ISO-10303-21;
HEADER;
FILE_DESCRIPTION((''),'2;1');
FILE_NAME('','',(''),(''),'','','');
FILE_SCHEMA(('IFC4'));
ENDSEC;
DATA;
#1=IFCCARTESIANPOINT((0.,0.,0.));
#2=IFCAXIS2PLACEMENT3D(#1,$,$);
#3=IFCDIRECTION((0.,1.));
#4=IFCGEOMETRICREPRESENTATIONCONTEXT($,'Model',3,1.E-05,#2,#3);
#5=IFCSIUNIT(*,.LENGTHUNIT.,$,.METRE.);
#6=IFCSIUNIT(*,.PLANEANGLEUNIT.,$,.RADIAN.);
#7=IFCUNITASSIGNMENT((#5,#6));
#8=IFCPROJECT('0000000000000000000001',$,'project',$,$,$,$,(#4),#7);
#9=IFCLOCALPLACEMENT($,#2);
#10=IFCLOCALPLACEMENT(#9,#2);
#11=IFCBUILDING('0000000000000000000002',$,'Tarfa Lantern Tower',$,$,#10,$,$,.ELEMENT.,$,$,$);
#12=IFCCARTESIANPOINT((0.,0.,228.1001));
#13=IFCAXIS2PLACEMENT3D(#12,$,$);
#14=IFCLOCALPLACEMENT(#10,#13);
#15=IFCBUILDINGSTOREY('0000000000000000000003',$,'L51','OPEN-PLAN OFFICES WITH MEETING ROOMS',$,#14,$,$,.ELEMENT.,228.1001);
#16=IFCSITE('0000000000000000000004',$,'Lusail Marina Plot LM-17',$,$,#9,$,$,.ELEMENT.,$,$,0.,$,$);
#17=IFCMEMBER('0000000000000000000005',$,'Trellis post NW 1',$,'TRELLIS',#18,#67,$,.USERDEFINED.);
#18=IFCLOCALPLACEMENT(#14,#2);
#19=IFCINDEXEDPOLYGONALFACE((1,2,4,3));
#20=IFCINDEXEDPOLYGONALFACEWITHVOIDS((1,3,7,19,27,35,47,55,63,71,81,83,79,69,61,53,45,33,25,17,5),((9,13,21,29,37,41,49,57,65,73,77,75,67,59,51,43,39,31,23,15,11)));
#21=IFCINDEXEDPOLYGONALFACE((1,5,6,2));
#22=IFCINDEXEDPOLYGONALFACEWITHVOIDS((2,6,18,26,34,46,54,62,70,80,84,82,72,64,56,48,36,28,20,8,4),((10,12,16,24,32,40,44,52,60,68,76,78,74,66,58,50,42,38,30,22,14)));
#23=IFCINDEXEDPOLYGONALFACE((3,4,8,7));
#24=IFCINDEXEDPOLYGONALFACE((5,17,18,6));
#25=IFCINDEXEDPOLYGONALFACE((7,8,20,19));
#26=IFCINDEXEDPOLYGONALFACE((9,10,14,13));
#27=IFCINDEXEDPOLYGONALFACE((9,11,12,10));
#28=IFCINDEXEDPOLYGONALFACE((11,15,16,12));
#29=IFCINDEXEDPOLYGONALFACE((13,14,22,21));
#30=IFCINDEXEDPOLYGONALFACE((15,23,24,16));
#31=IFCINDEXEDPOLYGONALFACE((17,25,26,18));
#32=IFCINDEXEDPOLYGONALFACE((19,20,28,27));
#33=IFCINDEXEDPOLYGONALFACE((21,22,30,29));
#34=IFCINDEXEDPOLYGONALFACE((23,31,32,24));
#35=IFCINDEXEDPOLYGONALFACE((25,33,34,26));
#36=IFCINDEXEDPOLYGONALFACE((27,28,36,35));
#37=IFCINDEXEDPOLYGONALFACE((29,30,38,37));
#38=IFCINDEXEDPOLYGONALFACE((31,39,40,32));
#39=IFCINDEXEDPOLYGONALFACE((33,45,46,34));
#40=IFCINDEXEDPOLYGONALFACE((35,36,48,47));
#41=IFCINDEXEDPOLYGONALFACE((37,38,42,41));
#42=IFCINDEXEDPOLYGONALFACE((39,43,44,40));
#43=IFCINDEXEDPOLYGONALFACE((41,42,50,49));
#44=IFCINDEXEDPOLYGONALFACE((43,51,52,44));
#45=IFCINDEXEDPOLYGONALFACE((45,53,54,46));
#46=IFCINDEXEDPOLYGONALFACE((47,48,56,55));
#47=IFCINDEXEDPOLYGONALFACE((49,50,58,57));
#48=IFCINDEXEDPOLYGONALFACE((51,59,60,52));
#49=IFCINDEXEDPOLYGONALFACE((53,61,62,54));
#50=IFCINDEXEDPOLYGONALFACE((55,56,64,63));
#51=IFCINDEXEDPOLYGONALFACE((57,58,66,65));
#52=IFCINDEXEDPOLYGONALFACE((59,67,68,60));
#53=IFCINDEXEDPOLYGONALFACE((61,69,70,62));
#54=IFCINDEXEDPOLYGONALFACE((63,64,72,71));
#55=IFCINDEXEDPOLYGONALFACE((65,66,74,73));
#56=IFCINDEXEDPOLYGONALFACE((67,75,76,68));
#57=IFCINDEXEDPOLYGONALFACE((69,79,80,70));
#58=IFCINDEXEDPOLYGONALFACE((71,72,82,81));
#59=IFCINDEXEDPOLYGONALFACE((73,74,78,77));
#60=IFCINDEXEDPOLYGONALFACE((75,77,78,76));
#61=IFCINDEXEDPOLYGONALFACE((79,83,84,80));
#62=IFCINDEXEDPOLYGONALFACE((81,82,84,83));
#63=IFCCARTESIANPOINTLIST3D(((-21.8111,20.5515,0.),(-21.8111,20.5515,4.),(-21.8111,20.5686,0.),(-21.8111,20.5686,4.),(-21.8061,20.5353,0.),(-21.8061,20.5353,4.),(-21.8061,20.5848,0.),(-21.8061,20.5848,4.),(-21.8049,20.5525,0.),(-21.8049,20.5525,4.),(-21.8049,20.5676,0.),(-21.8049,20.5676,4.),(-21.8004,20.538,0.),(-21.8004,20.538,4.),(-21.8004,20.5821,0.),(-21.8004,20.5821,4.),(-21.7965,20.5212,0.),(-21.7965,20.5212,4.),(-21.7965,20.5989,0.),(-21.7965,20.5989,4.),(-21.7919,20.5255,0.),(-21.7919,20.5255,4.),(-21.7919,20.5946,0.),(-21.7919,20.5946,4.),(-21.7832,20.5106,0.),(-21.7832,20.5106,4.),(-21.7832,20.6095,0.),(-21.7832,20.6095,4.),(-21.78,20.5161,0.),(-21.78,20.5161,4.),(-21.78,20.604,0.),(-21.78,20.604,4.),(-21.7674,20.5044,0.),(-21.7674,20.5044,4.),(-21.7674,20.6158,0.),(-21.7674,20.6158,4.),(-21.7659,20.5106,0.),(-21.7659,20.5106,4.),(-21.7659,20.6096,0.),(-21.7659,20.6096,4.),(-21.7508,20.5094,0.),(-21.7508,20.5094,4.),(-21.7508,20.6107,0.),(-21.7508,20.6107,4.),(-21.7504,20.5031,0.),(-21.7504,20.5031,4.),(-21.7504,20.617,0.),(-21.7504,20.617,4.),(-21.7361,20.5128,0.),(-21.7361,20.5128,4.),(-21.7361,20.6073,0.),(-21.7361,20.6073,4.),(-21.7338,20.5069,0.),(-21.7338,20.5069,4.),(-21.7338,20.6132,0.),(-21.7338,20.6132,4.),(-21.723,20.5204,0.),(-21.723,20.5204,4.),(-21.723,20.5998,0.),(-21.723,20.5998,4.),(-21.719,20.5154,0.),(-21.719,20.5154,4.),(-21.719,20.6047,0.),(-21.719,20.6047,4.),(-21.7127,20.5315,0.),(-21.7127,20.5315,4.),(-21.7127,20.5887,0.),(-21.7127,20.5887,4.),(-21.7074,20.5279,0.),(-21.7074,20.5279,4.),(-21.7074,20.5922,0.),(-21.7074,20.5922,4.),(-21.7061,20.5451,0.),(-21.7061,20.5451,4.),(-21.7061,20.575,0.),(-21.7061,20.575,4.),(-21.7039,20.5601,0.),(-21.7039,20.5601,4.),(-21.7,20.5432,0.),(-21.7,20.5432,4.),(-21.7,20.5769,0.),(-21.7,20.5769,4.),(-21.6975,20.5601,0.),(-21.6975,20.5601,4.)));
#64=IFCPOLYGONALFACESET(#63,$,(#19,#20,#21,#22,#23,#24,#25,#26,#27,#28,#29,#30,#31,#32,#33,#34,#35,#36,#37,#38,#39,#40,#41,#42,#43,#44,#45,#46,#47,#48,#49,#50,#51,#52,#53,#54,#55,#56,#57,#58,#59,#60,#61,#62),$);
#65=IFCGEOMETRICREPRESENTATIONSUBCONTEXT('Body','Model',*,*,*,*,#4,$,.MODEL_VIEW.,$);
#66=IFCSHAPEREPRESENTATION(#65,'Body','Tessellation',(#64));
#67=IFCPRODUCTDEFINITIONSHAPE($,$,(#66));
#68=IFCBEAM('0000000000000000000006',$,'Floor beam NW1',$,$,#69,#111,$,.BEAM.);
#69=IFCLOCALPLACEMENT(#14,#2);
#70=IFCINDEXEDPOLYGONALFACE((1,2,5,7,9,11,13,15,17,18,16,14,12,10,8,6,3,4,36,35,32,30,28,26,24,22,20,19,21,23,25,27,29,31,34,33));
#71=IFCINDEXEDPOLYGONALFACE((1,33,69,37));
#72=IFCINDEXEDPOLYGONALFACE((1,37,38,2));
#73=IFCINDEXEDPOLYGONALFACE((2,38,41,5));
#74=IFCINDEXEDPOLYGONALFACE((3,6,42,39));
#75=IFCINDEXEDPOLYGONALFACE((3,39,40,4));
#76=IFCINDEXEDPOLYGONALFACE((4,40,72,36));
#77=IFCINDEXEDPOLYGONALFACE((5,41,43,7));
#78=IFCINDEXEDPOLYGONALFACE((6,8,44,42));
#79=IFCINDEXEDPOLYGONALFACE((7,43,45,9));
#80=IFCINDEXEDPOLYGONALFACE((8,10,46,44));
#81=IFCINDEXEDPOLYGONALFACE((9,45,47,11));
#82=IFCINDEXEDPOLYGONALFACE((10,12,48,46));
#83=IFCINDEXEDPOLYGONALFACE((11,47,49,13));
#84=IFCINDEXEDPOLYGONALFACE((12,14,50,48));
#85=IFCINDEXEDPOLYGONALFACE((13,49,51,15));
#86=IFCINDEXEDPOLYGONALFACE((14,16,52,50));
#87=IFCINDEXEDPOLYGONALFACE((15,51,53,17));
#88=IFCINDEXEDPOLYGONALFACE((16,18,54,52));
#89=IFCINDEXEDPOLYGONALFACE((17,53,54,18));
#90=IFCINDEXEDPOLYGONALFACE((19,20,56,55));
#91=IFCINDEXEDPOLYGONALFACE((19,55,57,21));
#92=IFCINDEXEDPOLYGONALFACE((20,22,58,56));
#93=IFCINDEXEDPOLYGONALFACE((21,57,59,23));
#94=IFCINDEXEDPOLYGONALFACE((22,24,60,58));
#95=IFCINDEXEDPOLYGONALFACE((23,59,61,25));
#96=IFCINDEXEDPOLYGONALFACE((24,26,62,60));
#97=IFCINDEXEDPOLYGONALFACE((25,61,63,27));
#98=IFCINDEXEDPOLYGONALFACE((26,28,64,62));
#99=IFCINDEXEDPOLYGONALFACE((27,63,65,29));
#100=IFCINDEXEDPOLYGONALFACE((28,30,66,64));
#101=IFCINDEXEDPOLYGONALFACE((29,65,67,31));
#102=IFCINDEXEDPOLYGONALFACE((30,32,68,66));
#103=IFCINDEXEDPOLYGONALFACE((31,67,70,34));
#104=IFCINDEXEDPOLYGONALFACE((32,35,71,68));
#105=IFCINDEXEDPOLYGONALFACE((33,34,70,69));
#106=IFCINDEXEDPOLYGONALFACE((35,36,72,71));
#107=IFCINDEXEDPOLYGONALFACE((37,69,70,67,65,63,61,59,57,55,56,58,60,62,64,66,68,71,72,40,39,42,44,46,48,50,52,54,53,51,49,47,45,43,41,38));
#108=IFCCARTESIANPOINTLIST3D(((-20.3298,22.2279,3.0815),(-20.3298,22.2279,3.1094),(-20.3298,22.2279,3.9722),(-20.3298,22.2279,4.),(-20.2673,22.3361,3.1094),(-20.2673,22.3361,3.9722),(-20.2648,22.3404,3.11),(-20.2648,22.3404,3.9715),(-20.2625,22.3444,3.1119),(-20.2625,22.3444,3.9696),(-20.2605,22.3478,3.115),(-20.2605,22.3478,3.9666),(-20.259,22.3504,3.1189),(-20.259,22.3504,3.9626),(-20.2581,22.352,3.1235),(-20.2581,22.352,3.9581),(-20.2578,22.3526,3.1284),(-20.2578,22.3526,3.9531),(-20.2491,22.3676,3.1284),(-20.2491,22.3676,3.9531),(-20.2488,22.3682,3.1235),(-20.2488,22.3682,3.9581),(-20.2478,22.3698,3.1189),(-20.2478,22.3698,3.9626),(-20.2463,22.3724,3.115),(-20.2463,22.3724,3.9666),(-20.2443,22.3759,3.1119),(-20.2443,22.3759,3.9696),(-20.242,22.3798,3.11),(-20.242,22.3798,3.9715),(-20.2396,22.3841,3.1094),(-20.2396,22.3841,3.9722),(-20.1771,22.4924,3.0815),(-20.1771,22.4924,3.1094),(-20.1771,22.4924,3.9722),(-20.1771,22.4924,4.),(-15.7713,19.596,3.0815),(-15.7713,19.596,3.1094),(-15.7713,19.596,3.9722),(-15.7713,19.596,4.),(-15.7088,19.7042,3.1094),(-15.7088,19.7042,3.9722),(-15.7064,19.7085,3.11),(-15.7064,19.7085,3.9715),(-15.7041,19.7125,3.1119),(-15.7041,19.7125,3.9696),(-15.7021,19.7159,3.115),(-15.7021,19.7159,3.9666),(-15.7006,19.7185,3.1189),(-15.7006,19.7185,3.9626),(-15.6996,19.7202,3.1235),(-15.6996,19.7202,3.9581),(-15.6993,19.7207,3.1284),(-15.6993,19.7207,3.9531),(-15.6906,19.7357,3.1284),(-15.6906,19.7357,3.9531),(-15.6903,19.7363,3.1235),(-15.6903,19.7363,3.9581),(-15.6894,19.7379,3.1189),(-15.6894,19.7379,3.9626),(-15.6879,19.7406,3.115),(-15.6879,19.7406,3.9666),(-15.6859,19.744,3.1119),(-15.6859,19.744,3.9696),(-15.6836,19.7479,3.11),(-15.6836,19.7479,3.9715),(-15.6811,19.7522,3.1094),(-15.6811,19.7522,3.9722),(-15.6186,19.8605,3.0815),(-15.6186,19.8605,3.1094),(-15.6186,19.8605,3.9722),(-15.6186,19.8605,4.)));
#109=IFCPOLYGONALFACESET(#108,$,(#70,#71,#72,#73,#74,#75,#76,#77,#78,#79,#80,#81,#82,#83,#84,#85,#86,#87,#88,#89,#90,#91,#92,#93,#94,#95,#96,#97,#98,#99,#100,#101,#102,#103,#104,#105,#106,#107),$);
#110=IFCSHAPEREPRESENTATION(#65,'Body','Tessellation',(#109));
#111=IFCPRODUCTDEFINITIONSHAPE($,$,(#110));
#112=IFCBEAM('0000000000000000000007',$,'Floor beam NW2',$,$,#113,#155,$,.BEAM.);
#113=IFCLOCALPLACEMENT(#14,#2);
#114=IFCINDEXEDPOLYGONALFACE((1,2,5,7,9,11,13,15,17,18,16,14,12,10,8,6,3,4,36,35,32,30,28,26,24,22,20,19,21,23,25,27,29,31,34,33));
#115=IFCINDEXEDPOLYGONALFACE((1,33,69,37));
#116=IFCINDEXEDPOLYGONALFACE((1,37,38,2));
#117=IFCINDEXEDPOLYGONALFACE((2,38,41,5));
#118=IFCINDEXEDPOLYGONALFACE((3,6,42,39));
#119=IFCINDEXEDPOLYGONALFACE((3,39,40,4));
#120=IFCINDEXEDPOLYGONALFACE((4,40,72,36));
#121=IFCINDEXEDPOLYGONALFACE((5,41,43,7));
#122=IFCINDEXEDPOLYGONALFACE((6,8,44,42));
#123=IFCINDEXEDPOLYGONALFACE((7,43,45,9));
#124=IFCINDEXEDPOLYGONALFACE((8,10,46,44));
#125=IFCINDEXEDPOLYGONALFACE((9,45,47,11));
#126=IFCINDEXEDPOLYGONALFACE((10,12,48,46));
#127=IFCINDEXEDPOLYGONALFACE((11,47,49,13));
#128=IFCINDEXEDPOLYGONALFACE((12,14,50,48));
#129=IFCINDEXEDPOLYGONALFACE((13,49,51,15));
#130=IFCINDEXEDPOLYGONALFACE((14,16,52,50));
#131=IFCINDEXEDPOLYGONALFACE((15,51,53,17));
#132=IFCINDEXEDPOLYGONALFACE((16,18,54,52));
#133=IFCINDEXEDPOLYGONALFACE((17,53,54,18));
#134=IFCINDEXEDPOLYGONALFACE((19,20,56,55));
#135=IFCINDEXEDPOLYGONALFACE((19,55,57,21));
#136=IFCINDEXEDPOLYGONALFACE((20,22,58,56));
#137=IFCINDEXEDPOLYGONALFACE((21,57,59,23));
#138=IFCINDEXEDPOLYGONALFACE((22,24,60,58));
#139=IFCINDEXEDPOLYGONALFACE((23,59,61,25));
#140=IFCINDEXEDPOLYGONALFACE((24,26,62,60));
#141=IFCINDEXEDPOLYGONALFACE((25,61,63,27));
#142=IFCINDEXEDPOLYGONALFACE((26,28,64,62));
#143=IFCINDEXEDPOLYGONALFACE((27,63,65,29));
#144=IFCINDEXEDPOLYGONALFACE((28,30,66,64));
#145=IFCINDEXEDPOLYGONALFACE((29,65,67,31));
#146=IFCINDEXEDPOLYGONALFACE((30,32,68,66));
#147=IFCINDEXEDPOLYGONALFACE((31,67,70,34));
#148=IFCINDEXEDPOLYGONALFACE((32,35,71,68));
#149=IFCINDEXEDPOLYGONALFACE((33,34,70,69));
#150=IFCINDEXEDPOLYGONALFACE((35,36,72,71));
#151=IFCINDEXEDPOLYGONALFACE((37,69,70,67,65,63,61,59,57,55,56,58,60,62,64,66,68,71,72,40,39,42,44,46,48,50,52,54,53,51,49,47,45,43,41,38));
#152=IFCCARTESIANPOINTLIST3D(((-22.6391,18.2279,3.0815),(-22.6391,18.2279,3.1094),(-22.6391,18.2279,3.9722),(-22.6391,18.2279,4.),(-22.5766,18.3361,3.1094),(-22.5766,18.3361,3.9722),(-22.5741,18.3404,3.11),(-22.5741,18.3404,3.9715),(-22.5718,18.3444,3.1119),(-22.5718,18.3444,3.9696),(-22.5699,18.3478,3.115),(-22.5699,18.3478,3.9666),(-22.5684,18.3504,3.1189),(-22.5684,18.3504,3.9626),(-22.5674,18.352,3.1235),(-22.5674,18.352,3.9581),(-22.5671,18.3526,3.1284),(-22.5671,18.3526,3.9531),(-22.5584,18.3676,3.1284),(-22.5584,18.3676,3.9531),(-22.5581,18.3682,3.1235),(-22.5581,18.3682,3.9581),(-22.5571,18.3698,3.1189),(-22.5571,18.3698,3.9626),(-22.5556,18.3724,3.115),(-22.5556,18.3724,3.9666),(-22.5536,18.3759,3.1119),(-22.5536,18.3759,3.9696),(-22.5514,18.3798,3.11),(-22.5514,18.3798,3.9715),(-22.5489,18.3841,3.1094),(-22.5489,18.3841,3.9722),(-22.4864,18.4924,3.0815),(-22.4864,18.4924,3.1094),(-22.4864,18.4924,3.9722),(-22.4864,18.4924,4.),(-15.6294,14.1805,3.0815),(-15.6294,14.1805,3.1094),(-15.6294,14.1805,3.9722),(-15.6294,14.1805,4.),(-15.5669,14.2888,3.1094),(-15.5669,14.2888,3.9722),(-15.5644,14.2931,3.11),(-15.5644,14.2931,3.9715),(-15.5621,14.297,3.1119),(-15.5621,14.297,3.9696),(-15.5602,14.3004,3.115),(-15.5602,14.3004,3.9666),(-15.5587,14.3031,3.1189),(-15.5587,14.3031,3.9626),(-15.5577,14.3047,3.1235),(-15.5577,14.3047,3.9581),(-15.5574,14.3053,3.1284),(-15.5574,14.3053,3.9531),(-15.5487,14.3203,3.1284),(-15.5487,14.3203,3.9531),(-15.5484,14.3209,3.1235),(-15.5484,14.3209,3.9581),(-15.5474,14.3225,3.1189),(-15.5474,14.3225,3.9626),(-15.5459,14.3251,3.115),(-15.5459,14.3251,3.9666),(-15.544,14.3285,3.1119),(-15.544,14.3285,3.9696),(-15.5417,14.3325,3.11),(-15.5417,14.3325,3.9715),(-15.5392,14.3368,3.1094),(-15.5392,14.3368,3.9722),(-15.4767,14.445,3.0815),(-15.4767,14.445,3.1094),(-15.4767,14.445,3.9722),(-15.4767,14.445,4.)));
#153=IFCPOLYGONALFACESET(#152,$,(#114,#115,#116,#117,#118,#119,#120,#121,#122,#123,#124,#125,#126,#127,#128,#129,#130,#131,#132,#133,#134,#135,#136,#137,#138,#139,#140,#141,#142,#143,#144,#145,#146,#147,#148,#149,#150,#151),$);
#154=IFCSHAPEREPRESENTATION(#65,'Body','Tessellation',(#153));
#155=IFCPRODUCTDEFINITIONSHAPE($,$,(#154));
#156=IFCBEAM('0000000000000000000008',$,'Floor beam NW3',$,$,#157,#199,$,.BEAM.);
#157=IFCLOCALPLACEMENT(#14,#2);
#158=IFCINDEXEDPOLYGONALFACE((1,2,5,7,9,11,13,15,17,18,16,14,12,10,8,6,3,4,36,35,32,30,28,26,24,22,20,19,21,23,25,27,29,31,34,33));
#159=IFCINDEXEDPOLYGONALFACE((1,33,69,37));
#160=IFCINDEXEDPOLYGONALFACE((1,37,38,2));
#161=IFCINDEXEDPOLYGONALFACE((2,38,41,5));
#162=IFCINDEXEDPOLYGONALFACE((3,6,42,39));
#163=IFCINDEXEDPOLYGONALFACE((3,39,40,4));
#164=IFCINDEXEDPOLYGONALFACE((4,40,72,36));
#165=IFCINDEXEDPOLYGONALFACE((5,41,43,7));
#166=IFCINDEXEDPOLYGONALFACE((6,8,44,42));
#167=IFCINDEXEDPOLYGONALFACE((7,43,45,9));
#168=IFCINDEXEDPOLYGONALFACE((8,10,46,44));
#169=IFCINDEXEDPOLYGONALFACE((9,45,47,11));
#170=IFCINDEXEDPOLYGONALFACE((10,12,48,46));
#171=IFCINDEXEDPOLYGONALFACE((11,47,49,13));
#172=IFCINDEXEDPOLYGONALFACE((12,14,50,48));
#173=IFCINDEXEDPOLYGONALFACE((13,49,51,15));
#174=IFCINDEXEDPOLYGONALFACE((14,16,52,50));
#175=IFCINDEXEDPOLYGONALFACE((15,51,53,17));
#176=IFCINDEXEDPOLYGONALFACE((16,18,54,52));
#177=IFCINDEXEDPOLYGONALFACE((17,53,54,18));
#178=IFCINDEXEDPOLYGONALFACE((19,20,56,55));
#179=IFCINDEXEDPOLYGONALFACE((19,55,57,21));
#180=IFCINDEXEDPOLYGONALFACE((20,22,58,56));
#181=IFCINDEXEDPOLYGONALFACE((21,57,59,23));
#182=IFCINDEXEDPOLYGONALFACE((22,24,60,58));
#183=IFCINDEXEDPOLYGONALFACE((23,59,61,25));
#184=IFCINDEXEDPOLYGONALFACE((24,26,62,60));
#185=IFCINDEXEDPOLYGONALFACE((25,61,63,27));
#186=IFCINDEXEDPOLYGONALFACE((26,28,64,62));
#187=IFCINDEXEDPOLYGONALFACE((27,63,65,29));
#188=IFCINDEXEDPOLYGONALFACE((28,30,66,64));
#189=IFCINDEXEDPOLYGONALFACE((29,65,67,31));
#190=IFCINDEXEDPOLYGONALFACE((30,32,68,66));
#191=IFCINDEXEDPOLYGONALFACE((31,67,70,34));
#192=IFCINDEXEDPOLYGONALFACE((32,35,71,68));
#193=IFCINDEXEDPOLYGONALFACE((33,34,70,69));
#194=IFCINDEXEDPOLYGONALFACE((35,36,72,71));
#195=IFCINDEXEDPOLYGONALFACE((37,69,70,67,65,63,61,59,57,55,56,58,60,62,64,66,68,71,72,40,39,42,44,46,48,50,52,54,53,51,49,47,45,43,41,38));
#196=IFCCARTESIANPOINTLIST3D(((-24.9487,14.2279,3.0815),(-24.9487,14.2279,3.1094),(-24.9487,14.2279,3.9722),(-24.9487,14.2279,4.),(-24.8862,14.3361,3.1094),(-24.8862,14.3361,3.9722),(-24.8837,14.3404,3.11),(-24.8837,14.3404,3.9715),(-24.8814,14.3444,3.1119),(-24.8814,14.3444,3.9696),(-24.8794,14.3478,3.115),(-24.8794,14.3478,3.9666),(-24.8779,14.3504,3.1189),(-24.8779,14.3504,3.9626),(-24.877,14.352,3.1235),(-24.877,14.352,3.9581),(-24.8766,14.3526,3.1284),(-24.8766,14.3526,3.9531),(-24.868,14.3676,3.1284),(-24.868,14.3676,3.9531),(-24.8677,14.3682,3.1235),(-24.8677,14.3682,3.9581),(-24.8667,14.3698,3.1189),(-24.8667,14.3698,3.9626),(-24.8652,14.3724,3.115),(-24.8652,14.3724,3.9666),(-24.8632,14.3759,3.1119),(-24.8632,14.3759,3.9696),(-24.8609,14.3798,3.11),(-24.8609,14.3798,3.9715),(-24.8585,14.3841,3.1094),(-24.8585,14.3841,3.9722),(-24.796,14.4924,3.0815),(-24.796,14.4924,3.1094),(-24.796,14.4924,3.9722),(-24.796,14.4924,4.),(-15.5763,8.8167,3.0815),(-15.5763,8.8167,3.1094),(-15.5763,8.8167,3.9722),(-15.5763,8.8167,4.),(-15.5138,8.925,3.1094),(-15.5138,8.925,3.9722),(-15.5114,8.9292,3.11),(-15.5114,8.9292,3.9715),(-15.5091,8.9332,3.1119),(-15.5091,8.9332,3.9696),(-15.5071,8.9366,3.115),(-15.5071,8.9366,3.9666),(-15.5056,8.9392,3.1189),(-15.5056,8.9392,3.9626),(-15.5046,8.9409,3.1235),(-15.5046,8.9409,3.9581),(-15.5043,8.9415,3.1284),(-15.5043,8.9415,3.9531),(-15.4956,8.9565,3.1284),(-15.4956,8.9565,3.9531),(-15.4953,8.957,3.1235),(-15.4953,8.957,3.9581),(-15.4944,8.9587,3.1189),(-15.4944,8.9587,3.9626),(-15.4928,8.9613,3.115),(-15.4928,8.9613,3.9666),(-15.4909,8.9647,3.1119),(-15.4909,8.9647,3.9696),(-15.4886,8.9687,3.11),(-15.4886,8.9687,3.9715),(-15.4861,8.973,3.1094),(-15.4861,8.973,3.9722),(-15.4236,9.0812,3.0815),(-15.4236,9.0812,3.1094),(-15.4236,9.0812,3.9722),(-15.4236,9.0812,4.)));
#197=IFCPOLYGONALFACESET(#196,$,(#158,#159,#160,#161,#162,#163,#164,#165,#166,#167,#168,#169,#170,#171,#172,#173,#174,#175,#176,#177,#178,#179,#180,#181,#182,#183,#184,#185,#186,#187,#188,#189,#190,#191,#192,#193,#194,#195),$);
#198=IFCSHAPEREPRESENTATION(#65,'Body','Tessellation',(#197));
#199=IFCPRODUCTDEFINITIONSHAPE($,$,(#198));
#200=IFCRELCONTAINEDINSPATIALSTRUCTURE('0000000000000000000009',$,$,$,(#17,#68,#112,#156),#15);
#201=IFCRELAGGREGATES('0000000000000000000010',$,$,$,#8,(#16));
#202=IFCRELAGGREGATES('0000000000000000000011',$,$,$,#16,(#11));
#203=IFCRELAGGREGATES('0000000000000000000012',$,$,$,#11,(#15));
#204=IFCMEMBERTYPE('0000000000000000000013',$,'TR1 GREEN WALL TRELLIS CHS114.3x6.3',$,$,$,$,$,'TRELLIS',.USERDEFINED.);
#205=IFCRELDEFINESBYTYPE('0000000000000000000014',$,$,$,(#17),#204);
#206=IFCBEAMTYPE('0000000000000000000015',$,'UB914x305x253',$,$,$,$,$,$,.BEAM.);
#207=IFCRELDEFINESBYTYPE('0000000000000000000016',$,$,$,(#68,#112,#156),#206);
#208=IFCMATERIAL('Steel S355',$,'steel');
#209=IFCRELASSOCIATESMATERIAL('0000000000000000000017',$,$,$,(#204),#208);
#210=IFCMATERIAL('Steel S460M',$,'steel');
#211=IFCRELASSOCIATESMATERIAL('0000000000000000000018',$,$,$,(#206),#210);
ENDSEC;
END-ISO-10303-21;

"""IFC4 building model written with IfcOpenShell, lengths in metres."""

from ifc_helpers import new_model, si_unit, direction, frame, origin, origin_2d, place, context, subcontext, project, spatial, hollow_circle, i_section, extrude, material, material_profile, profile_set, type_object, element, save


model = new_model("IFC4")

# Units and contexts
model_context = context("Model", 3, precision=1e-05, world=origin(), true_north=direction((0.0, 1.0)))
body_context = subcontext(model_context, "Body", "Model", "MODEL_VIEW")
ifc_project = project(units=[si_unit("LENGTHUNIT", "METRE"), si_unit("PLANEANGLEUNIT", "RADIAN")], contexts=[model_context])

# Site, building, storey
site_placement = place(None, origin())
site = spatial("IfcSite", under=ifc_project, at=site_placement, Name="Lusail Marina Plot LM-17", CompositionType="ELEMENT", RefElevation=0.0)
building_placement = place(site_placement, origin())
building = spatial("IfcBuilding", under=site, at=building_placement, Name="Tarfa Lantern Tower", CompositionType="ELEMENT")
storey_placement = place(building_placement, frame((0.0, 0.0, 228.1001)))
storey = spatial("IfcBuildingStorey", under=building, at=storey_placement, Name="L51", Description="OPEN-PLAN OFFICES WITH MEETING ROOMS", CompositionType="ELEMENT", Elevation=228.1001)

# Member
ifc_material_1 = material(Name="Steel S355", Category="steel")
ifc_material_profile_1 = material_profile(ifc_material_1, hollow_circle(Radius=0.0571, WallThickness=0.0063, at=origin_2d()), Name="CHS114.3x6.3")
ifc_profile_set_1 = profile_set([ifc_material_profile_1], Name="Steel S355")
member_type_1 = type_object("IfcMemberType", Name="TR1 GREEN WALL TRELLIS CHS114.3x6.3", ElementType="TRELLIS", PredefinedType="USERDEFINED", material=ifc_profile_set_1)
member_1_placement = place(storey_placement, frame((-21.7546, 20.5601, 0.0), z_axis=(0.0, 0.0, 1.0), x_axis=(1.0, 0.0, 0.0)))
element("IfcMember", 1, at=member_1_placement, inside=storey, type_object=member_type_1, Name="Trellis post NW 1", ObjectType="TRELLIS", PredefinedType="USERDEFINED", context=body_context, shape_type="SweptSolid", body=[
    extrude(hollow_circle(Radius=0.0571, WallThickness=0.0063, at=origin_2d()), origin(), (0.0, 0.0, 1.0), 4.0),
])

# Beams
ifc_material_2 = material(Name="Steel S460M", Category="steel")
ifc_material_profile_2 = material_profile(ifc_material_2, i_section(OverallWidth=0.3054, OverallDepth=0.9185, WebThickness=0.0173, FlangeThickness=0.0278, FilletRadius=0.019, at=origin_2d()), Name="UB914x305x253")
ifc_profile_set_2 = profile_set([ifc_material_profile_2], Name="Steel S460M")
beam_type_1 = type_object("IfcBeamType", Name="UB914x305x253", PredefinedType="BEAM", material=ifc_profile_set_2)
beam_1_placement = place(storey_placement, frame((-20.2534, 22.3601, 3.5408), z_axis=(0.86602, -0.50001, 0.0), x_axis=(0.50001, 0.86602, 0.0)))
element("IfcBeam", 2, at=beam_1_placement, inside=storey, type_object=beam_type_1, Name="Floor beam NW1", PredefinedType="BEAM", context=body_context, shape_type="SweptSolid", body=[
    extrude(i_section(OverallWidth=0.3054, OverallDepth=0.9185, WebThickness=0.0173, FlangeThickness=0.0278, FilletRadius=0.019, at=origin_2d()), origin(), (0.0, 0.0, 1.0), 5.2637),
])
beam_2_placement = place(storey_placement, frame((-22.5627, 18.3601, 3.5408), z_axis=(0.866011, -0.500025, 0.0), x_axis=(0.500025, 0.866011, 0.0)))
element("IfcBeam", 3, at=beam_2_placement, inside=storey, type_object=beam_type_1, Name="Floor beam NW2", PredefinedType="BEAM", context=body_context, shape_type="SweptSolid", body=[
    extrude(i_section(OverallWidth=0.3054, OverallDepth=0.9185, WebThickness=0.0173, FlangeThickness=0.0278, FilletRadius=0.019, at=origin_2d()), origin(), (0.0, 0.0, 1.0), 8.0942),
])
beam_3_placement = place(storey_placement, frame((-24.8723, 14.3601, 3.5408), z_axis=(0.866024, -0.500002, 0.0), x_axis=(0.500002, 0.866024, 0.0)))
element("IfcBeam", 4, at=beam_3_placement, inside=storey, type_object=beam_type_1, Name="Floor beam NW3", PredefinedType="BEAM", context=body_context, shape_type="SweptSolid", body=[
    extrude(i_section(OverallWidth=0.3054, OverallDepth=0.9185, WebThickness=0.0173, FlangeThickness=0.0278, FilletRadius=0.019, at=origin_2d()), origin(), (0.0, 0.0, 1.0), 10.8223),
])

save(model, "model.ifc")
